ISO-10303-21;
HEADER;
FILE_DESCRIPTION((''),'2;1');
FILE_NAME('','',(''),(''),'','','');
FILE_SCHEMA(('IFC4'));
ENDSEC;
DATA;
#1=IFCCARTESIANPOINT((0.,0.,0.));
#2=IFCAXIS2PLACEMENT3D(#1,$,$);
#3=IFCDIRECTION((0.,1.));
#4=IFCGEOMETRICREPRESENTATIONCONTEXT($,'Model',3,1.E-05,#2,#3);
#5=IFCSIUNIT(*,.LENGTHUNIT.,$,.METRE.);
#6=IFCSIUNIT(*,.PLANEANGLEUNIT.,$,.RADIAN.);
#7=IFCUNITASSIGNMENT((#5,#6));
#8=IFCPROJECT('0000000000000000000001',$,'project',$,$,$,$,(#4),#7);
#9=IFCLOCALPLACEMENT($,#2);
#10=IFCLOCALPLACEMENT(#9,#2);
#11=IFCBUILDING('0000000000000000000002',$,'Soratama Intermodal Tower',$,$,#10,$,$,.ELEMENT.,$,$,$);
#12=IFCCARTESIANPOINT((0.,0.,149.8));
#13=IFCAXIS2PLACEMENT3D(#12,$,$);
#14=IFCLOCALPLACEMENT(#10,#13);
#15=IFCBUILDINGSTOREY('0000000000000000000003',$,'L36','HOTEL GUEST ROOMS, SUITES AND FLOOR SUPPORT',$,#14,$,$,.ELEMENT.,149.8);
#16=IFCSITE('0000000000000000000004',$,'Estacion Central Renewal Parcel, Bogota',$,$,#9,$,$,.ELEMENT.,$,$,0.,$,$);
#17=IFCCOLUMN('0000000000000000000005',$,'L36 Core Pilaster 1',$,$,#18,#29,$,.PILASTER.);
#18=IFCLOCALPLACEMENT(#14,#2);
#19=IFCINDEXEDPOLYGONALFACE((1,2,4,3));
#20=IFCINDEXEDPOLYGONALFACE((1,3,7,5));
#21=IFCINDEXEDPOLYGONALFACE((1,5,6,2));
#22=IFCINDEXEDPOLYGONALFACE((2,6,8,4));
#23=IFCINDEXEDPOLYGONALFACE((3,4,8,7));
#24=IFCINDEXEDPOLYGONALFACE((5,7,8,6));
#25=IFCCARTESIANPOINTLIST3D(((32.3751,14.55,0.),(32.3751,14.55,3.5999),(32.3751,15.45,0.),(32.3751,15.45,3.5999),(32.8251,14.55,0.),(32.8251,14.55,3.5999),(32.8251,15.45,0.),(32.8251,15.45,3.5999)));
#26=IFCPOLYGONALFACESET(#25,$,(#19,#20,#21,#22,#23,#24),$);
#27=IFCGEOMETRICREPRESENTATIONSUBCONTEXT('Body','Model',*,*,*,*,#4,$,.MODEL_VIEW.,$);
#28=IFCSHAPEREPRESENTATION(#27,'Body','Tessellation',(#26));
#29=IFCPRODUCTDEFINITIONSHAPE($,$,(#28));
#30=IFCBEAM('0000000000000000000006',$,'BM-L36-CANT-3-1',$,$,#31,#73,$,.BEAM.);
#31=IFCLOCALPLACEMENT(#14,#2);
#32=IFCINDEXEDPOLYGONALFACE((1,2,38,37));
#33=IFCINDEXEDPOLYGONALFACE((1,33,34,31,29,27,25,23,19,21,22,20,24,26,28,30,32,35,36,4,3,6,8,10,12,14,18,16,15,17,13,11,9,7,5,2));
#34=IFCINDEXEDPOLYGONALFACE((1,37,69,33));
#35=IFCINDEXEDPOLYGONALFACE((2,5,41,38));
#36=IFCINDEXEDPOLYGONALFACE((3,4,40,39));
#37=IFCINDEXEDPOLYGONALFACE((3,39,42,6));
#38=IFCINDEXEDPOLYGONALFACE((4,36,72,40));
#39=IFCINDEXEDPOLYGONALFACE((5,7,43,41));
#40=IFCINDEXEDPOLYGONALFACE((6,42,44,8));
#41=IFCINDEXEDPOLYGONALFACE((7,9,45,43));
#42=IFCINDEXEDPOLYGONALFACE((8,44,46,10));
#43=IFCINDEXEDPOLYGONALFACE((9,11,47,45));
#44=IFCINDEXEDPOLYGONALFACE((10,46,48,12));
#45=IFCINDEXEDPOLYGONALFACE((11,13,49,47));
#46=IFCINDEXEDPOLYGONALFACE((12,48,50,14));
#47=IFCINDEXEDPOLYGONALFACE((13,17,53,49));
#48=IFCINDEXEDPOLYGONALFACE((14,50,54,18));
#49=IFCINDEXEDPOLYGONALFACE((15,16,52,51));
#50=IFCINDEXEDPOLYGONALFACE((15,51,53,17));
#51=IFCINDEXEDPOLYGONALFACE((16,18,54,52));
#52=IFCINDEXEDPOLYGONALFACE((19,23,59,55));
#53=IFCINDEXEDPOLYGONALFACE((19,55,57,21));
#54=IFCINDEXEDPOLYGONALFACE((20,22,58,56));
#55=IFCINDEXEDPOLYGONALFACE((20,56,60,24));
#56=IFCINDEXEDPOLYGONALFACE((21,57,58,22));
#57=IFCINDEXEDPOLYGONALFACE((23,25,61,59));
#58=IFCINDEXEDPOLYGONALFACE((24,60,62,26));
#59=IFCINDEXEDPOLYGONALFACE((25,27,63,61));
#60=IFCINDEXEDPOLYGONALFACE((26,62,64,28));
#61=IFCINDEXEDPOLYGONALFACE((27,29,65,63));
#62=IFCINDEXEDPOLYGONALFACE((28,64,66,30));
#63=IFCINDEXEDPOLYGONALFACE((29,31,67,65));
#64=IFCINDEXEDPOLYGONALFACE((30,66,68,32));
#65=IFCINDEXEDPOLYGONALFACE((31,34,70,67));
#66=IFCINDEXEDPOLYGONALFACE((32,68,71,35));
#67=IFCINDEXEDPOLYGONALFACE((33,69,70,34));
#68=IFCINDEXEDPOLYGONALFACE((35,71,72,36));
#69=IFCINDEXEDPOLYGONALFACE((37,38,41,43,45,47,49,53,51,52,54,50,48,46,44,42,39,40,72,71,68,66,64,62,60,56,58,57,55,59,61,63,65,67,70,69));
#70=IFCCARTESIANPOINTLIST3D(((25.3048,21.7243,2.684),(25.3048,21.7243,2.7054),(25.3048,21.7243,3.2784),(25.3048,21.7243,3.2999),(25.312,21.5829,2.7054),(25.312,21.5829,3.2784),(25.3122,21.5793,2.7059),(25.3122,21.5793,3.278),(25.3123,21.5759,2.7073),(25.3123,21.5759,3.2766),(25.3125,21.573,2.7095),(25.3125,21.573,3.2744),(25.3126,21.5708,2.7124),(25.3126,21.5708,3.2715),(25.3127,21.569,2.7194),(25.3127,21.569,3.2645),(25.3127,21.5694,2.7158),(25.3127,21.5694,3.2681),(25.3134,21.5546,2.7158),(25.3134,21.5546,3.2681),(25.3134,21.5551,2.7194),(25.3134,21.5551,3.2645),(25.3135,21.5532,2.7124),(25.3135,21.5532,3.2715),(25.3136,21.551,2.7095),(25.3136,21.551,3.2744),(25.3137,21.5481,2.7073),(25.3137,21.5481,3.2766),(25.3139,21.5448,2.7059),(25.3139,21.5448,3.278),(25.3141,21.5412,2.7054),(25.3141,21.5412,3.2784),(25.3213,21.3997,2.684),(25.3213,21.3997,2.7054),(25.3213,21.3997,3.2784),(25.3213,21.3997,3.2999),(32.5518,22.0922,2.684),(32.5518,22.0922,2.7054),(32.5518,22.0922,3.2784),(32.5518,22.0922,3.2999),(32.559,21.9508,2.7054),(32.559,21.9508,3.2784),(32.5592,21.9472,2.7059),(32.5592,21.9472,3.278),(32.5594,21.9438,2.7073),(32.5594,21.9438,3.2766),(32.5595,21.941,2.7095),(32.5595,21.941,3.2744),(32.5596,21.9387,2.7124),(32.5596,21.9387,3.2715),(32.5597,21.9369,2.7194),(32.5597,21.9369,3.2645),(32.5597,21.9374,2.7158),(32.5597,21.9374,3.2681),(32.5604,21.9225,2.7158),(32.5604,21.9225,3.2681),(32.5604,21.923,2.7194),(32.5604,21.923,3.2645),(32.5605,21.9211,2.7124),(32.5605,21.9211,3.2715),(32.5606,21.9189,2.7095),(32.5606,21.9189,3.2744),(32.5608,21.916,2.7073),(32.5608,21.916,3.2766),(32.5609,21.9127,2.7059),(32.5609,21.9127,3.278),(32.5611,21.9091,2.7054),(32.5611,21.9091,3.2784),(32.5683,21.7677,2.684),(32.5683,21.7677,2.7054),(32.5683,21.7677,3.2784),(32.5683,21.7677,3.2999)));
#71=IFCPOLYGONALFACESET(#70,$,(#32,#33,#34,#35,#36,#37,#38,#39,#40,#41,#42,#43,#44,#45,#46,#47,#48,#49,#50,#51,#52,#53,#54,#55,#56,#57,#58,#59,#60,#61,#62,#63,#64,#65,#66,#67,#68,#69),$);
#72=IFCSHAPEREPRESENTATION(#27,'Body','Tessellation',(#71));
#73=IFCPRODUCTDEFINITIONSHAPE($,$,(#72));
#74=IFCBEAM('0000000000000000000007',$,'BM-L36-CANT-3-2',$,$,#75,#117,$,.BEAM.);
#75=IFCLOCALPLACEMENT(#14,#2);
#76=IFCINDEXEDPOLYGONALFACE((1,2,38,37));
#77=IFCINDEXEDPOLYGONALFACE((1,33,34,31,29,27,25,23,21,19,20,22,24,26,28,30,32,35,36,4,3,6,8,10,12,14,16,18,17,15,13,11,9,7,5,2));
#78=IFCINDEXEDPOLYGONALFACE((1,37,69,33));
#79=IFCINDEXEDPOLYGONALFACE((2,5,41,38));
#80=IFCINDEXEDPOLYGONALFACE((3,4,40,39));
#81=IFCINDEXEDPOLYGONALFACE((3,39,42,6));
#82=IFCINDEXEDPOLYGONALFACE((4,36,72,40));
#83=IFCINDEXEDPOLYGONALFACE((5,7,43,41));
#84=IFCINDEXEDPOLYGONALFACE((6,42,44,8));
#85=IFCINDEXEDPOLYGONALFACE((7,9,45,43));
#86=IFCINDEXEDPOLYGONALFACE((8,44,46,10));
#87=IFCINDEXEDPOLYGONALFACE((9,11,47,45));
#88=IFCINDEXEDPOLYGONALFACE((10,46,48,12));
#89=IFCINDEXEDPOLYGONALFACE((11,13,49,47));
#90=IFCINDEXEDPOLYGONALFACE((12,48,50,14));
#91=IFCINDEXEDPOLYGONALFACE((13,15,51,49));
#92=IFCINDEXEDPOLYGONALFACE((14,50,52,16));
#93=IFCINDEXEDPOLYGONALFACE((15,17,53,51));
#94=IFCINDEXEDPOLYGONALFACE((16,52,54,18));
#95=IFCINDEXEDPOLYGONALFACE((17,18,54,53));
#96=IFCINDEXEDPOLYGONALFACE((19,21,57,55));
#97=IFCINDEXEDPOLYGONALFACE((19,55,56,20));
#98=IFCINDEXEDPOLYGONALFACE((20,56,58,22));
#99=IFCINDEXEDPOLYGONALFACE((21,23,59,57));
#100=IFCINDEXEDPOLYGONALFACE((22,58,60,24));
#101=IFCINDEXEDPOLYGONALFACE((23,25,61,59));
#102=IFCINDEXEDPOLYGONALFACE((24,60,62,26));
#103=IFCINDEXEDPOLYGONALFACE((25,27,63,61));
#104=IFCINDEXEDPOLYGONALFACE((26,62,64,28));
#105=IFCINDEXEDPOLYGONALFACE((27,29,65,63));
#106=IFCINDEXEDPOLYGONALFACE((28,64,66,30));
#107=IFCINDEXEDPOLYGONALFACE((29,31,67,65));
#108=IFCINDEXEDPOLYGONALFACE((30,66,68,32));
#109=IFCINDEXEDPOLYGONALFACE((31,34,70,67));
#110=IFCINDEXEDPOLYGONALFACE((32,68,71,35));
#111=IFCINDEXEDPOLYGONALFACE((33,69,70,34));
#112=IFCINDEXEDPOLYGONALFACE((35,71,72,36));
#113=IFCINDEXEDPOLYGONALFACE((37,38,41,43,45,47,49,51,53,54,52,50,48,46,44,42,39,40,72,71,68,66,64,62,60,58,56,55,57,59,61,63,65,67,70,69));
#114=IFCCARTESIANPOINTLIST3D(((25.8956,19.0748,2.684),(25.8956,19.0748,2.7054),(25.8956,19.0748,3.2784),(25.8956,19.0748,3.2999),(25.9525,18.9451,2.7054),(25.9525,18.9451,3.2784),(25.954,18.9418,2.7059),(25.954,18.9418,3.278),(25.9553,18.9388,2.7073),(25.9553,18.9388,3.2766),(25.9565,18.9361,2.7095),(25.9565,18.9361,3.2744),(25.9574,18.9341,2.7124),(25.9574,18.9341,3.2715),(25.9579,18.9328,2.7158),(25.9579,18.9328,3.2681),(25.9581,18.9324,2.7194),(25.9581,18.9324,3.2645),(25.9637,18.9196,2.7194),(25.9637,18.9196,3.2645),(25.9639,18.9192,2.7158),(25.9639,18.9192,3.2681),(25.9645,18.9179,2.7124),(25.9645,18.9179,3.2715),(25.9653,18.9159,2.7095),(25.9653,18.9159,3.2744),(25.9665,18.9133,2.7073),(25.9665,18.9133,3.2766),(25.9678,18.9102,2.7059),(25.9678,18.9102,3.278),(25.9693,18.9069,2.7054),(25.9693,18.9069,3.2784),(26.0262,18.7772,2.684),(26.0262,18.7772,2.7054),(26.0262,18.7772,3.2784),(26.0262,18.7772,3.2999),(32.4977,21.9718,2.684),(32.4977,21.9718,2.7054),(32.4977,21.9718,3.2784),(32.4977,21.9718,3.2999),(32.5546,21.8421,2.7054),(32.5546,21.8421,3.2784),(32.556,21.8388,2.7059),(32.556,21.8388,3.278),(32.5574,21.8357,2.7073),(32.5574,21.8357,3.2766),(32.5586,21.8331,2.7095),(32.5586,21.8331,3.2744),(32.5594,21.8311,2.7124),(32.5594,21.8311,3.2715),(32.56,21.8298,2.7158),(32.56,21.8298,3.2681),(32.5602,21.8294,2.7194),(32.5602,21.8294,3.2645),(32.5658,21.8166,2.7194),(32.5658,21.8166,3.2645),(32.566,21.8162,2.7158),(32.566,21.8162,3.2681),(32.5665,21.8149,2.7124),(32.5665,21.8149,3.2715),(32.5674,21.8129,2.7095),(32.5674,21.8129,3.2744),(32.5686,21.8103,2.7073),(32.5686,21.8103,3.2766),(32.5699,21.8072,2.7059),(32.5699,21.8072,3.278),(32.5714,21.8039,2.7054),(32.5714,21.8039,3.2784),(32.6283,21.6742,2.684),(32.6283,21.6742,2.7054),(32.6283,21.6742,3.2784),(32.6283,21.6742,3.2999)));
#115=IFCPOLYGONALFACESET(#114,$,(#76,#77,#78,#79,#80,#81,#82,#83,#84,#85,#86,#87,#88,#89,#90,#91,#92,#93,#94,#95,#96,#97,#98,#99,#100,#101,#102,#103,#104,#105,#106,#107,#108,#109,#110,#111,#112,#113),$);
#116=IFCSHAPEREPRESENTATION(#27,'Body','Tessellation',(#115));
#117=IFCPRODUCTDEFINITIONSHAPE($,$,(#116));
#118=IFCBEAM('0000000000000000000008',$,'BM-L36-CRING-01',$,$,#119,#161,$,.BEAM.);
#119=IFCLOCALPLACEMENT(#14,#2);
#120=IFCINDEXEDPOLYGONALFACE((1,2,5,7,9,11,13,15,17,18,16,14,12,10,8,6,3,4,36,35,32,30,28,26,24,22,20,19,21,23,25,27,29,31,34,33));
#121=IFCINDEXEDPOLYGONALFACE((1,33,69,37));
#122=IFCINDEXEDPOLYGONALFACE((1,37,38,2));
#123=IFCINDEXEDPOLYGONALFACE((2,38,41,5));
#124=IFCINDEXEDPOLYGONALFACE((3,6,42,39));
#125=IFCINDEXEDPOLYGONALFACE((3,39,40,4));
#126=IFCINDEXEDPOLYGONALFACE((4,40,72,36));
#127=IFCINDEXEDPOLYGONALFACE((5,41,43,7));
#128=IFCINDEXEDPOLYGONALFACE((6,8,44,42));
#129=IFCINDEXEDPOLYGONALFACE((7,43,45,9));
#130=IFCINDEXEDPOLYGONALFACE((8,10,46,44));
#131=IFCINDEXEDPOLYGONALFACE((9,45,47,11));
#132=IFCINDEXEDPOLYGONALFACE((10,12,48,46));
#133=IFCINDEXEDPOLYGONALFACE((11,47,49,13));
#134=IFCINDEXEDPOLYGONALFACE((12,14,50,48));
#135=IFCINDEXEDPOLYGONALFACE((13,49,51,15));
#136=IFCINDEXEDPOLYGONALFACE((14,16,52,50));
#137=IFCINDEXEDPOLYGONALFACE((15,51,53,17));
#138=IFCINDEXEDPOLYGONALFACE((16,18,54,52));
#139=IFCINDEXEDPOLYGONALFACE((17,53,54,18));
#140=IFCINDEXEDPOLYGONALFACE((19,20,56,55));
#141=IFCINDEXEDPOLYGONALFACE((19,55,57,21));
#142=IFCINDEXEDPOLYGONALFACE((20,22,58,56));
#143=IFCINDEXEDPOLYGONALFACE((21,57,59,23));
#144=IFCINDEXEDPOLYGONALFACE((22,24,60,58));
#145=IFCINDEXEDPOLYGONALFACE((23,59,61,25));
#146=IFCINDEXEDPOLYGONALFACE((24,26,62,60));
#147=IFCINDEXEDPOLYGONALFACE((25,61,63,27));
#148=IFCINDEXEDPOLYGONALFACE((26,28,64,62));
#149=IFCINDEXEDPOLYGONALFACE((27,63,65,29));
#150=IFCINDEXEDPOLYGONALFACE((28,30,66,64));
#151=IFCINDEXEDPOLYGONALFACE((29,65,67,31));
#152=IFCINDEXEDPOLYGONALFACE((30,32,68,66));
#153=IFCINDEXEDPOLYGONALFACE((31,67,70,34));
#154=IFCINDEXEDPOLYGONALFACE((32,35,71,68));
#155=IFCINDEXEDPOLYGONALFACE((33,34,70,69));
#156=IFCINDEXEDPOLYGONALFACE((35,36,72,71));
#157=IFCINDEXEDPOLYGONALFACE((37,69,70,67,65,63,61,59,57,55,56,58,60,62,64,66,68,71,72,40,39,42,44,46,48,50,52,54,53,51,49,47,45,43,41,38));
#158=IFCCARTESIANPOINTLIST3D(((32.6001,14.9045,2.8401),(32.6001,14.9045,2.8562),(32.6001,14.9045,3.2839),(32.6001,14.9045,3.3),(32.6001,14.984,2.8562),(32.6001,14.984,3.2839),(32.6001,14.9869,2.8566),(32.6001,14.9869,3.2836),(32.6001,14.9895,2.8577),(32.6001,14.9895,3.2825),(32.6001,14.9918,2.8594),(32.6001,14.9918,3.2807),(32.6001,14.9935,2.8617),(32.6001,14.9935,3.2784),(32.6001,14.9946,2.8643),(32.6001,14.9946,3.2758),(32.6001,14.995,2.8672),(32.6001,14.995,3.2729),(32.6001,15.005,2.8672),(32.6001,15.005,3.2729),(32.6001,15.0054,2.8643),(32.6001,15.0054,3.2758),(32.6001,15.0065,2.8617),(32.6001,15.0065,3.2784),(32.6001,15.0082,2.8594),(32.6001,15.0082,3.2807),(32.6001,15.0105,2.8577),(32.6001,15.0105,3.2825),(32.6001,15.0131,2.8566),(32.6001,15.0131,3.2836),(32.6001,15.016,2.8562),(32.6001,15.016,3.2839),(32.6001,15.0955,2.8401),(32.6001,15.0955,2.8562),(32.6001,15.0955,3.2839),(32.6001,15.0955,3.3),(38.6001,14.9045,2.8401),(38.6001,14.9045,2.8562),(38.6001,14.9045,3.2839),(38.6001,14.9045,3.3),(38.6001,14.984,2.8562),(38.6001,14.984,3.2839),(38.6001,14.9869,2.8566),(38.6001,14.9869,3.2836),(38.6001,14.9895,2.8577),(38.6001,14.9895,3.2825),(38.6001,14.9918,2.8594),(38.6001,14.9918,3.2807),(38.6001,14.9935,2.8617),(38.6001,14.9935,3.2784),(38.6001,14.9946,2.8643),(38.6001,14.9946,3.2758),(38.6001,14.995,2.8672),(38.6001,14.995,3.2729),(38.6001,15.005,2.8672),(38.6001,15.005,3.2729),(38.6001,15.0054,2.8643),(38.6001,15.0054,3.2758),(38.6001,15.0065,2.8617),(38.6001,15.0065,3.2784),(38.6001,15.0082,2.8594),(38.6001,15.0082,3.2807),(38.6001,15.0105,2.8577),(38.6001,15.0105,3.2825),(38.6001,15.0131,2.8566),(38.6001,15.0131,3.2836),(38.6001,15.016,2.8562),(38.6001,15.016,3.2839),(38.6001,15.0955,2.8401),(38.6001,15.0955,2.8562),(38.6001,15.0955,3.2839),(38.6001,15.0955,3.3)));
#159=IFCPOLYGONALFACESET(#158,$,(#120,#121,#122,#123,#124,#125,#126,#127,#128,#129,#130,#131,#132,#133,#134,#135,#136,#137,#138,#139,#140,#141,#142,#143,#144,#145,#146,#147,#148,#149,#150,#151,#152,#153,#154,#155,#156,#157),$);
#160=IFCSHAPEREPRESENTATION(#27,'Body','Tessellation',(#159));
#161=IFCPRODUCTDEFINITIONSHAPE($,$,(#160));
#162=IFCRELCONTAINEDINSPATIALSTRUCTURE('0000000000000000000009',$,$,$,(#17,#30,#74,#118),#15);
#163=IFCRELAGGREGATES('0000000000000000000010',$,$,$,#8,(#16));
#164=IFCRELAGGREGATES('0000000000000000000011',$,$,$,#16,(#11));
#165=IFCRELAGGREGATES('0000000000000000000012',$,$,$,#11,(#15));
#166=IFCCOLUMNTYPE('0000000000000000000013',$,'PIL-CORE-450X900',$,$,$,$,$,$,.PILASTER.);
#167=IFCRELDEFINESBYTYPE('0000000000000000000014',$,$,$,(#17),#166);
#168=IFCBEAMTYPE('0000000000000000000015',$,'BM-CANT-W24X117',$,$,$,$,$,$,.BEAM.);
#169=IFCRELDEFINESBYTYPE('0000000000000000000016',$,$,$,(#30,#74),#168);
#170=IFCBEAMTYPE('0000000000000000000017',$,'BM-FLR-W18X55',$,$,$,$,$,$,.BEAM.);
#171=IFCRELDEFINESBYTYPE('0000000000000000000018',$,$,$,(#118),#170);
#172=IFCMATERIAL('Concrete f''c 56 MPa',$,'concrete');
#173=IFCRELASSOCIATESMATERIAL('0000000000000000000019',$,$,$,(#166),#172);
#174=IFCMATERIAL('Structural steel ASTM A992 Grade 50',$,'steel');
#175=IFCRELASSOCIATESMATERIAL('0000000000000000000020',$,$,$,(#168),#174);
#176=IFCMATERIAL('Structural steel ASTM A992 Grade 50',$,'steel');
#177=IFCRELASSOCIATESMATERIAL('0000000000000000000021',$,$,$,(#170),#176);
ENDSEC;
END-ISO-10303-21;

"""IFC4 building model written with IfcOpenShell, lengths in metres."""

from ifc_helpers import new_model, si_unit, direction, frame, origin, origin_2d, place, context, subcontext, project, spatial, rectangle, i_section, extrude, material, material_profile, profile_set, type_object, element, save


model = new_model("IFC4")

# Units and contexts
model_context = context("Model", 3, precision=1e-05, world=origin(), true_north=direction((0.0, 1.0)))
body_context = subcontext(model_context, "Body", "Model", "MODEL_VIEW")
ifc_project = project(units=[si_unit("LENGTHUNIT", "METRE"), si_unit("PLANEANGLEUNIT", "RADIAN")], contexts=[model_context])

# Site, building, storey
site_placement = place(None, origin())
site = spatial("IfcSite", under=ifc_project, at=site_placement, Name="Estacion Central Renewal Parcel, Bogota", CompositionType="ELEMENT", RefElevation=0.0)
building_placement = place(site_placement, origin())
building = spatial("IfcBuilding", under=site, at=building_placement, Name="Soratama Intermodal Tower", CompositionType="ELEMENT")
storey_placement = place(building_placement, frame((0.0, 0.0, 149.8)))
storey = spatial("IfcBuildingStorey", under=building, at=storey_placement, Name="L36", Description="HOTEL GUEST ROOMS, SUITES AND FLOOR SUPPORT", CompositionType="ELEMENT", Elevation=149.8)

# Column
ifc_material_1 = material(Name="Concrete f'c 56 MPa", Category="concrete")
ifc_material_profile_1 = material_profile(ifc_material_1, rectangle(XDim=0.45, YDim=0.8999, at=origin_2d()), Name="RC450X900")
ifc_profile_set_1 = profile_set([ifc_material_profile_1], Name="Concrete f'c 56 MPa")
column_type = type_object("IfcColumnType", Name="PIL-CORE-450X900", PredefinedType="PILASTER", material=ifc_profile_set_1)
column_placement = place(storey_placement, frame((32.6001, 15.0, 0.0), z_axis=(0.0, 0.0, 1.0), x_axis=(1.0, 0.0, 0.0)))
element("IfcColumn", 1, at=column_placement, inside=storey, type_object=column_type, Name="L36 Core Pilaster 1", PredefinedType="PILASTER", context=body_context, shape_type="SweptSolid", body=[
    extrude(rectangle(XDim=0.45, YDim=0.8999, at=origin_2d()), origin(), (0.0, 0.0, 1.0), 3.5999),
])

# Beams
ifc_material_2 = material(Name="Structural steel ASTM A992 Grade 50", Category="steel")
ifc_material_profile_2 = material_profile(ifc_material_2, i_section(OverallWidth=0.325, OverallDepth=0.616, WebThickness=0.0139, FlangeThickness=0.0215, FilletRadius=0.0139, at=origin_2d()), Name="W24X117")
ifc_profile_set_2 = profile_set([ifc_material_profile_2], Name="Structural steel ASTM A992 Grade 50")
beam_type_1 = type_object("IfcBeamType", Name="BM-CANT-W24X117", PredefinedType="BEAM", material=ifc_profile_set_2)
beam_1_placement = place(storey_placement, frame((32.5601, 21.9299, 2.9919), z_axis=(-0.998714, -0.050703, 0.0), x_axis=(0.050703, -0.998714, 0.0)))
element("IfcBeam", 2, at=beam_1_placement, inside=storey, type_object=beam_type_1, Name="BM-L36-CANT-3-1", PredefinedType="BEAM", context=body_context, shape_type="SweptSolid", body=[
    extrude(i_section(OverallWidth=0.325, OverallDepth=0.616, WebThickness=0.0139, FlangeThickness=0.0215, FilletRadius=0.0139, at=origin_2d()), origin(), (0.0, 0.0, 1.0), 7.2563),
])
beam_2_placement = place(storey_placement, frame((32.563, 21.823, 2.9919), z_axis=(-0.91572, -0.401817, 0.0), x_axis=(0.401817, -0.91572, 0.0)))
element("IfcBeam", 3, at=beam_2_placement, inside=storey, type_object=beam_type_1, Name="BM-L36-CANT-3-2", PredefinedType="BEAM", context=body_context, shape_type="SweptSolid", body=[
    extrude(i_section(OverallWidth=0.325, OverallDepth=0.616, WebThickness=0.0139, FlangeThickness=0.0215, FilletRadius=0.0139, at=origin_2d()), origin(), (0.0, 0.0, 1.0), 7.2097),
])
ifc_material_3 = material(Name="Structural steel ASTM A992 Grade 50", Category="steel")
ifc_material_profile_3 = material_profile(ifc_material_3, i_section(OverallWidth=0.1909, OverallDepth=0.46, WebThickness=0.01, FlangeThickness=0.0161, FilletRadius=0.011, at=origin_2d()), Name="W18X55")
ifc_profile_set_3 = profile_set([ifc_material_profile_3], Name="Structural steel ASTM A992 Grade 50")
beam_type_2 = type_object("IfcBeamType", Name="BM-FLR-W18X55", PredefinedType="BEAM", material=ifc_profile_set_3)
beam_3_placement = place(storey_placement, frame((32.6001, 15.0, 3.0701), z_axis=(1.0, 0.0, 0.0), x_axis=(0.0, 1.0, 0.0)))
element("IfcBeam", 4, at=beam_3_placement, inside=storey, type_object=beam_type_2, Name="BM-L36-CRING-01", PredefinedType="BEAM", context=body_context, shape_type="SweptSolid", body=[
    extrude(i_section(OverallWidth=0.1909, OverallDepth=0.46, WebThickness=0.01, FlangeThickness=0.0161, FilletRadius=0.011, at=origin_2d()), origin(), (0.0, 0.0, 1.0), 6.0),
])

save(model, "model.ifc")
